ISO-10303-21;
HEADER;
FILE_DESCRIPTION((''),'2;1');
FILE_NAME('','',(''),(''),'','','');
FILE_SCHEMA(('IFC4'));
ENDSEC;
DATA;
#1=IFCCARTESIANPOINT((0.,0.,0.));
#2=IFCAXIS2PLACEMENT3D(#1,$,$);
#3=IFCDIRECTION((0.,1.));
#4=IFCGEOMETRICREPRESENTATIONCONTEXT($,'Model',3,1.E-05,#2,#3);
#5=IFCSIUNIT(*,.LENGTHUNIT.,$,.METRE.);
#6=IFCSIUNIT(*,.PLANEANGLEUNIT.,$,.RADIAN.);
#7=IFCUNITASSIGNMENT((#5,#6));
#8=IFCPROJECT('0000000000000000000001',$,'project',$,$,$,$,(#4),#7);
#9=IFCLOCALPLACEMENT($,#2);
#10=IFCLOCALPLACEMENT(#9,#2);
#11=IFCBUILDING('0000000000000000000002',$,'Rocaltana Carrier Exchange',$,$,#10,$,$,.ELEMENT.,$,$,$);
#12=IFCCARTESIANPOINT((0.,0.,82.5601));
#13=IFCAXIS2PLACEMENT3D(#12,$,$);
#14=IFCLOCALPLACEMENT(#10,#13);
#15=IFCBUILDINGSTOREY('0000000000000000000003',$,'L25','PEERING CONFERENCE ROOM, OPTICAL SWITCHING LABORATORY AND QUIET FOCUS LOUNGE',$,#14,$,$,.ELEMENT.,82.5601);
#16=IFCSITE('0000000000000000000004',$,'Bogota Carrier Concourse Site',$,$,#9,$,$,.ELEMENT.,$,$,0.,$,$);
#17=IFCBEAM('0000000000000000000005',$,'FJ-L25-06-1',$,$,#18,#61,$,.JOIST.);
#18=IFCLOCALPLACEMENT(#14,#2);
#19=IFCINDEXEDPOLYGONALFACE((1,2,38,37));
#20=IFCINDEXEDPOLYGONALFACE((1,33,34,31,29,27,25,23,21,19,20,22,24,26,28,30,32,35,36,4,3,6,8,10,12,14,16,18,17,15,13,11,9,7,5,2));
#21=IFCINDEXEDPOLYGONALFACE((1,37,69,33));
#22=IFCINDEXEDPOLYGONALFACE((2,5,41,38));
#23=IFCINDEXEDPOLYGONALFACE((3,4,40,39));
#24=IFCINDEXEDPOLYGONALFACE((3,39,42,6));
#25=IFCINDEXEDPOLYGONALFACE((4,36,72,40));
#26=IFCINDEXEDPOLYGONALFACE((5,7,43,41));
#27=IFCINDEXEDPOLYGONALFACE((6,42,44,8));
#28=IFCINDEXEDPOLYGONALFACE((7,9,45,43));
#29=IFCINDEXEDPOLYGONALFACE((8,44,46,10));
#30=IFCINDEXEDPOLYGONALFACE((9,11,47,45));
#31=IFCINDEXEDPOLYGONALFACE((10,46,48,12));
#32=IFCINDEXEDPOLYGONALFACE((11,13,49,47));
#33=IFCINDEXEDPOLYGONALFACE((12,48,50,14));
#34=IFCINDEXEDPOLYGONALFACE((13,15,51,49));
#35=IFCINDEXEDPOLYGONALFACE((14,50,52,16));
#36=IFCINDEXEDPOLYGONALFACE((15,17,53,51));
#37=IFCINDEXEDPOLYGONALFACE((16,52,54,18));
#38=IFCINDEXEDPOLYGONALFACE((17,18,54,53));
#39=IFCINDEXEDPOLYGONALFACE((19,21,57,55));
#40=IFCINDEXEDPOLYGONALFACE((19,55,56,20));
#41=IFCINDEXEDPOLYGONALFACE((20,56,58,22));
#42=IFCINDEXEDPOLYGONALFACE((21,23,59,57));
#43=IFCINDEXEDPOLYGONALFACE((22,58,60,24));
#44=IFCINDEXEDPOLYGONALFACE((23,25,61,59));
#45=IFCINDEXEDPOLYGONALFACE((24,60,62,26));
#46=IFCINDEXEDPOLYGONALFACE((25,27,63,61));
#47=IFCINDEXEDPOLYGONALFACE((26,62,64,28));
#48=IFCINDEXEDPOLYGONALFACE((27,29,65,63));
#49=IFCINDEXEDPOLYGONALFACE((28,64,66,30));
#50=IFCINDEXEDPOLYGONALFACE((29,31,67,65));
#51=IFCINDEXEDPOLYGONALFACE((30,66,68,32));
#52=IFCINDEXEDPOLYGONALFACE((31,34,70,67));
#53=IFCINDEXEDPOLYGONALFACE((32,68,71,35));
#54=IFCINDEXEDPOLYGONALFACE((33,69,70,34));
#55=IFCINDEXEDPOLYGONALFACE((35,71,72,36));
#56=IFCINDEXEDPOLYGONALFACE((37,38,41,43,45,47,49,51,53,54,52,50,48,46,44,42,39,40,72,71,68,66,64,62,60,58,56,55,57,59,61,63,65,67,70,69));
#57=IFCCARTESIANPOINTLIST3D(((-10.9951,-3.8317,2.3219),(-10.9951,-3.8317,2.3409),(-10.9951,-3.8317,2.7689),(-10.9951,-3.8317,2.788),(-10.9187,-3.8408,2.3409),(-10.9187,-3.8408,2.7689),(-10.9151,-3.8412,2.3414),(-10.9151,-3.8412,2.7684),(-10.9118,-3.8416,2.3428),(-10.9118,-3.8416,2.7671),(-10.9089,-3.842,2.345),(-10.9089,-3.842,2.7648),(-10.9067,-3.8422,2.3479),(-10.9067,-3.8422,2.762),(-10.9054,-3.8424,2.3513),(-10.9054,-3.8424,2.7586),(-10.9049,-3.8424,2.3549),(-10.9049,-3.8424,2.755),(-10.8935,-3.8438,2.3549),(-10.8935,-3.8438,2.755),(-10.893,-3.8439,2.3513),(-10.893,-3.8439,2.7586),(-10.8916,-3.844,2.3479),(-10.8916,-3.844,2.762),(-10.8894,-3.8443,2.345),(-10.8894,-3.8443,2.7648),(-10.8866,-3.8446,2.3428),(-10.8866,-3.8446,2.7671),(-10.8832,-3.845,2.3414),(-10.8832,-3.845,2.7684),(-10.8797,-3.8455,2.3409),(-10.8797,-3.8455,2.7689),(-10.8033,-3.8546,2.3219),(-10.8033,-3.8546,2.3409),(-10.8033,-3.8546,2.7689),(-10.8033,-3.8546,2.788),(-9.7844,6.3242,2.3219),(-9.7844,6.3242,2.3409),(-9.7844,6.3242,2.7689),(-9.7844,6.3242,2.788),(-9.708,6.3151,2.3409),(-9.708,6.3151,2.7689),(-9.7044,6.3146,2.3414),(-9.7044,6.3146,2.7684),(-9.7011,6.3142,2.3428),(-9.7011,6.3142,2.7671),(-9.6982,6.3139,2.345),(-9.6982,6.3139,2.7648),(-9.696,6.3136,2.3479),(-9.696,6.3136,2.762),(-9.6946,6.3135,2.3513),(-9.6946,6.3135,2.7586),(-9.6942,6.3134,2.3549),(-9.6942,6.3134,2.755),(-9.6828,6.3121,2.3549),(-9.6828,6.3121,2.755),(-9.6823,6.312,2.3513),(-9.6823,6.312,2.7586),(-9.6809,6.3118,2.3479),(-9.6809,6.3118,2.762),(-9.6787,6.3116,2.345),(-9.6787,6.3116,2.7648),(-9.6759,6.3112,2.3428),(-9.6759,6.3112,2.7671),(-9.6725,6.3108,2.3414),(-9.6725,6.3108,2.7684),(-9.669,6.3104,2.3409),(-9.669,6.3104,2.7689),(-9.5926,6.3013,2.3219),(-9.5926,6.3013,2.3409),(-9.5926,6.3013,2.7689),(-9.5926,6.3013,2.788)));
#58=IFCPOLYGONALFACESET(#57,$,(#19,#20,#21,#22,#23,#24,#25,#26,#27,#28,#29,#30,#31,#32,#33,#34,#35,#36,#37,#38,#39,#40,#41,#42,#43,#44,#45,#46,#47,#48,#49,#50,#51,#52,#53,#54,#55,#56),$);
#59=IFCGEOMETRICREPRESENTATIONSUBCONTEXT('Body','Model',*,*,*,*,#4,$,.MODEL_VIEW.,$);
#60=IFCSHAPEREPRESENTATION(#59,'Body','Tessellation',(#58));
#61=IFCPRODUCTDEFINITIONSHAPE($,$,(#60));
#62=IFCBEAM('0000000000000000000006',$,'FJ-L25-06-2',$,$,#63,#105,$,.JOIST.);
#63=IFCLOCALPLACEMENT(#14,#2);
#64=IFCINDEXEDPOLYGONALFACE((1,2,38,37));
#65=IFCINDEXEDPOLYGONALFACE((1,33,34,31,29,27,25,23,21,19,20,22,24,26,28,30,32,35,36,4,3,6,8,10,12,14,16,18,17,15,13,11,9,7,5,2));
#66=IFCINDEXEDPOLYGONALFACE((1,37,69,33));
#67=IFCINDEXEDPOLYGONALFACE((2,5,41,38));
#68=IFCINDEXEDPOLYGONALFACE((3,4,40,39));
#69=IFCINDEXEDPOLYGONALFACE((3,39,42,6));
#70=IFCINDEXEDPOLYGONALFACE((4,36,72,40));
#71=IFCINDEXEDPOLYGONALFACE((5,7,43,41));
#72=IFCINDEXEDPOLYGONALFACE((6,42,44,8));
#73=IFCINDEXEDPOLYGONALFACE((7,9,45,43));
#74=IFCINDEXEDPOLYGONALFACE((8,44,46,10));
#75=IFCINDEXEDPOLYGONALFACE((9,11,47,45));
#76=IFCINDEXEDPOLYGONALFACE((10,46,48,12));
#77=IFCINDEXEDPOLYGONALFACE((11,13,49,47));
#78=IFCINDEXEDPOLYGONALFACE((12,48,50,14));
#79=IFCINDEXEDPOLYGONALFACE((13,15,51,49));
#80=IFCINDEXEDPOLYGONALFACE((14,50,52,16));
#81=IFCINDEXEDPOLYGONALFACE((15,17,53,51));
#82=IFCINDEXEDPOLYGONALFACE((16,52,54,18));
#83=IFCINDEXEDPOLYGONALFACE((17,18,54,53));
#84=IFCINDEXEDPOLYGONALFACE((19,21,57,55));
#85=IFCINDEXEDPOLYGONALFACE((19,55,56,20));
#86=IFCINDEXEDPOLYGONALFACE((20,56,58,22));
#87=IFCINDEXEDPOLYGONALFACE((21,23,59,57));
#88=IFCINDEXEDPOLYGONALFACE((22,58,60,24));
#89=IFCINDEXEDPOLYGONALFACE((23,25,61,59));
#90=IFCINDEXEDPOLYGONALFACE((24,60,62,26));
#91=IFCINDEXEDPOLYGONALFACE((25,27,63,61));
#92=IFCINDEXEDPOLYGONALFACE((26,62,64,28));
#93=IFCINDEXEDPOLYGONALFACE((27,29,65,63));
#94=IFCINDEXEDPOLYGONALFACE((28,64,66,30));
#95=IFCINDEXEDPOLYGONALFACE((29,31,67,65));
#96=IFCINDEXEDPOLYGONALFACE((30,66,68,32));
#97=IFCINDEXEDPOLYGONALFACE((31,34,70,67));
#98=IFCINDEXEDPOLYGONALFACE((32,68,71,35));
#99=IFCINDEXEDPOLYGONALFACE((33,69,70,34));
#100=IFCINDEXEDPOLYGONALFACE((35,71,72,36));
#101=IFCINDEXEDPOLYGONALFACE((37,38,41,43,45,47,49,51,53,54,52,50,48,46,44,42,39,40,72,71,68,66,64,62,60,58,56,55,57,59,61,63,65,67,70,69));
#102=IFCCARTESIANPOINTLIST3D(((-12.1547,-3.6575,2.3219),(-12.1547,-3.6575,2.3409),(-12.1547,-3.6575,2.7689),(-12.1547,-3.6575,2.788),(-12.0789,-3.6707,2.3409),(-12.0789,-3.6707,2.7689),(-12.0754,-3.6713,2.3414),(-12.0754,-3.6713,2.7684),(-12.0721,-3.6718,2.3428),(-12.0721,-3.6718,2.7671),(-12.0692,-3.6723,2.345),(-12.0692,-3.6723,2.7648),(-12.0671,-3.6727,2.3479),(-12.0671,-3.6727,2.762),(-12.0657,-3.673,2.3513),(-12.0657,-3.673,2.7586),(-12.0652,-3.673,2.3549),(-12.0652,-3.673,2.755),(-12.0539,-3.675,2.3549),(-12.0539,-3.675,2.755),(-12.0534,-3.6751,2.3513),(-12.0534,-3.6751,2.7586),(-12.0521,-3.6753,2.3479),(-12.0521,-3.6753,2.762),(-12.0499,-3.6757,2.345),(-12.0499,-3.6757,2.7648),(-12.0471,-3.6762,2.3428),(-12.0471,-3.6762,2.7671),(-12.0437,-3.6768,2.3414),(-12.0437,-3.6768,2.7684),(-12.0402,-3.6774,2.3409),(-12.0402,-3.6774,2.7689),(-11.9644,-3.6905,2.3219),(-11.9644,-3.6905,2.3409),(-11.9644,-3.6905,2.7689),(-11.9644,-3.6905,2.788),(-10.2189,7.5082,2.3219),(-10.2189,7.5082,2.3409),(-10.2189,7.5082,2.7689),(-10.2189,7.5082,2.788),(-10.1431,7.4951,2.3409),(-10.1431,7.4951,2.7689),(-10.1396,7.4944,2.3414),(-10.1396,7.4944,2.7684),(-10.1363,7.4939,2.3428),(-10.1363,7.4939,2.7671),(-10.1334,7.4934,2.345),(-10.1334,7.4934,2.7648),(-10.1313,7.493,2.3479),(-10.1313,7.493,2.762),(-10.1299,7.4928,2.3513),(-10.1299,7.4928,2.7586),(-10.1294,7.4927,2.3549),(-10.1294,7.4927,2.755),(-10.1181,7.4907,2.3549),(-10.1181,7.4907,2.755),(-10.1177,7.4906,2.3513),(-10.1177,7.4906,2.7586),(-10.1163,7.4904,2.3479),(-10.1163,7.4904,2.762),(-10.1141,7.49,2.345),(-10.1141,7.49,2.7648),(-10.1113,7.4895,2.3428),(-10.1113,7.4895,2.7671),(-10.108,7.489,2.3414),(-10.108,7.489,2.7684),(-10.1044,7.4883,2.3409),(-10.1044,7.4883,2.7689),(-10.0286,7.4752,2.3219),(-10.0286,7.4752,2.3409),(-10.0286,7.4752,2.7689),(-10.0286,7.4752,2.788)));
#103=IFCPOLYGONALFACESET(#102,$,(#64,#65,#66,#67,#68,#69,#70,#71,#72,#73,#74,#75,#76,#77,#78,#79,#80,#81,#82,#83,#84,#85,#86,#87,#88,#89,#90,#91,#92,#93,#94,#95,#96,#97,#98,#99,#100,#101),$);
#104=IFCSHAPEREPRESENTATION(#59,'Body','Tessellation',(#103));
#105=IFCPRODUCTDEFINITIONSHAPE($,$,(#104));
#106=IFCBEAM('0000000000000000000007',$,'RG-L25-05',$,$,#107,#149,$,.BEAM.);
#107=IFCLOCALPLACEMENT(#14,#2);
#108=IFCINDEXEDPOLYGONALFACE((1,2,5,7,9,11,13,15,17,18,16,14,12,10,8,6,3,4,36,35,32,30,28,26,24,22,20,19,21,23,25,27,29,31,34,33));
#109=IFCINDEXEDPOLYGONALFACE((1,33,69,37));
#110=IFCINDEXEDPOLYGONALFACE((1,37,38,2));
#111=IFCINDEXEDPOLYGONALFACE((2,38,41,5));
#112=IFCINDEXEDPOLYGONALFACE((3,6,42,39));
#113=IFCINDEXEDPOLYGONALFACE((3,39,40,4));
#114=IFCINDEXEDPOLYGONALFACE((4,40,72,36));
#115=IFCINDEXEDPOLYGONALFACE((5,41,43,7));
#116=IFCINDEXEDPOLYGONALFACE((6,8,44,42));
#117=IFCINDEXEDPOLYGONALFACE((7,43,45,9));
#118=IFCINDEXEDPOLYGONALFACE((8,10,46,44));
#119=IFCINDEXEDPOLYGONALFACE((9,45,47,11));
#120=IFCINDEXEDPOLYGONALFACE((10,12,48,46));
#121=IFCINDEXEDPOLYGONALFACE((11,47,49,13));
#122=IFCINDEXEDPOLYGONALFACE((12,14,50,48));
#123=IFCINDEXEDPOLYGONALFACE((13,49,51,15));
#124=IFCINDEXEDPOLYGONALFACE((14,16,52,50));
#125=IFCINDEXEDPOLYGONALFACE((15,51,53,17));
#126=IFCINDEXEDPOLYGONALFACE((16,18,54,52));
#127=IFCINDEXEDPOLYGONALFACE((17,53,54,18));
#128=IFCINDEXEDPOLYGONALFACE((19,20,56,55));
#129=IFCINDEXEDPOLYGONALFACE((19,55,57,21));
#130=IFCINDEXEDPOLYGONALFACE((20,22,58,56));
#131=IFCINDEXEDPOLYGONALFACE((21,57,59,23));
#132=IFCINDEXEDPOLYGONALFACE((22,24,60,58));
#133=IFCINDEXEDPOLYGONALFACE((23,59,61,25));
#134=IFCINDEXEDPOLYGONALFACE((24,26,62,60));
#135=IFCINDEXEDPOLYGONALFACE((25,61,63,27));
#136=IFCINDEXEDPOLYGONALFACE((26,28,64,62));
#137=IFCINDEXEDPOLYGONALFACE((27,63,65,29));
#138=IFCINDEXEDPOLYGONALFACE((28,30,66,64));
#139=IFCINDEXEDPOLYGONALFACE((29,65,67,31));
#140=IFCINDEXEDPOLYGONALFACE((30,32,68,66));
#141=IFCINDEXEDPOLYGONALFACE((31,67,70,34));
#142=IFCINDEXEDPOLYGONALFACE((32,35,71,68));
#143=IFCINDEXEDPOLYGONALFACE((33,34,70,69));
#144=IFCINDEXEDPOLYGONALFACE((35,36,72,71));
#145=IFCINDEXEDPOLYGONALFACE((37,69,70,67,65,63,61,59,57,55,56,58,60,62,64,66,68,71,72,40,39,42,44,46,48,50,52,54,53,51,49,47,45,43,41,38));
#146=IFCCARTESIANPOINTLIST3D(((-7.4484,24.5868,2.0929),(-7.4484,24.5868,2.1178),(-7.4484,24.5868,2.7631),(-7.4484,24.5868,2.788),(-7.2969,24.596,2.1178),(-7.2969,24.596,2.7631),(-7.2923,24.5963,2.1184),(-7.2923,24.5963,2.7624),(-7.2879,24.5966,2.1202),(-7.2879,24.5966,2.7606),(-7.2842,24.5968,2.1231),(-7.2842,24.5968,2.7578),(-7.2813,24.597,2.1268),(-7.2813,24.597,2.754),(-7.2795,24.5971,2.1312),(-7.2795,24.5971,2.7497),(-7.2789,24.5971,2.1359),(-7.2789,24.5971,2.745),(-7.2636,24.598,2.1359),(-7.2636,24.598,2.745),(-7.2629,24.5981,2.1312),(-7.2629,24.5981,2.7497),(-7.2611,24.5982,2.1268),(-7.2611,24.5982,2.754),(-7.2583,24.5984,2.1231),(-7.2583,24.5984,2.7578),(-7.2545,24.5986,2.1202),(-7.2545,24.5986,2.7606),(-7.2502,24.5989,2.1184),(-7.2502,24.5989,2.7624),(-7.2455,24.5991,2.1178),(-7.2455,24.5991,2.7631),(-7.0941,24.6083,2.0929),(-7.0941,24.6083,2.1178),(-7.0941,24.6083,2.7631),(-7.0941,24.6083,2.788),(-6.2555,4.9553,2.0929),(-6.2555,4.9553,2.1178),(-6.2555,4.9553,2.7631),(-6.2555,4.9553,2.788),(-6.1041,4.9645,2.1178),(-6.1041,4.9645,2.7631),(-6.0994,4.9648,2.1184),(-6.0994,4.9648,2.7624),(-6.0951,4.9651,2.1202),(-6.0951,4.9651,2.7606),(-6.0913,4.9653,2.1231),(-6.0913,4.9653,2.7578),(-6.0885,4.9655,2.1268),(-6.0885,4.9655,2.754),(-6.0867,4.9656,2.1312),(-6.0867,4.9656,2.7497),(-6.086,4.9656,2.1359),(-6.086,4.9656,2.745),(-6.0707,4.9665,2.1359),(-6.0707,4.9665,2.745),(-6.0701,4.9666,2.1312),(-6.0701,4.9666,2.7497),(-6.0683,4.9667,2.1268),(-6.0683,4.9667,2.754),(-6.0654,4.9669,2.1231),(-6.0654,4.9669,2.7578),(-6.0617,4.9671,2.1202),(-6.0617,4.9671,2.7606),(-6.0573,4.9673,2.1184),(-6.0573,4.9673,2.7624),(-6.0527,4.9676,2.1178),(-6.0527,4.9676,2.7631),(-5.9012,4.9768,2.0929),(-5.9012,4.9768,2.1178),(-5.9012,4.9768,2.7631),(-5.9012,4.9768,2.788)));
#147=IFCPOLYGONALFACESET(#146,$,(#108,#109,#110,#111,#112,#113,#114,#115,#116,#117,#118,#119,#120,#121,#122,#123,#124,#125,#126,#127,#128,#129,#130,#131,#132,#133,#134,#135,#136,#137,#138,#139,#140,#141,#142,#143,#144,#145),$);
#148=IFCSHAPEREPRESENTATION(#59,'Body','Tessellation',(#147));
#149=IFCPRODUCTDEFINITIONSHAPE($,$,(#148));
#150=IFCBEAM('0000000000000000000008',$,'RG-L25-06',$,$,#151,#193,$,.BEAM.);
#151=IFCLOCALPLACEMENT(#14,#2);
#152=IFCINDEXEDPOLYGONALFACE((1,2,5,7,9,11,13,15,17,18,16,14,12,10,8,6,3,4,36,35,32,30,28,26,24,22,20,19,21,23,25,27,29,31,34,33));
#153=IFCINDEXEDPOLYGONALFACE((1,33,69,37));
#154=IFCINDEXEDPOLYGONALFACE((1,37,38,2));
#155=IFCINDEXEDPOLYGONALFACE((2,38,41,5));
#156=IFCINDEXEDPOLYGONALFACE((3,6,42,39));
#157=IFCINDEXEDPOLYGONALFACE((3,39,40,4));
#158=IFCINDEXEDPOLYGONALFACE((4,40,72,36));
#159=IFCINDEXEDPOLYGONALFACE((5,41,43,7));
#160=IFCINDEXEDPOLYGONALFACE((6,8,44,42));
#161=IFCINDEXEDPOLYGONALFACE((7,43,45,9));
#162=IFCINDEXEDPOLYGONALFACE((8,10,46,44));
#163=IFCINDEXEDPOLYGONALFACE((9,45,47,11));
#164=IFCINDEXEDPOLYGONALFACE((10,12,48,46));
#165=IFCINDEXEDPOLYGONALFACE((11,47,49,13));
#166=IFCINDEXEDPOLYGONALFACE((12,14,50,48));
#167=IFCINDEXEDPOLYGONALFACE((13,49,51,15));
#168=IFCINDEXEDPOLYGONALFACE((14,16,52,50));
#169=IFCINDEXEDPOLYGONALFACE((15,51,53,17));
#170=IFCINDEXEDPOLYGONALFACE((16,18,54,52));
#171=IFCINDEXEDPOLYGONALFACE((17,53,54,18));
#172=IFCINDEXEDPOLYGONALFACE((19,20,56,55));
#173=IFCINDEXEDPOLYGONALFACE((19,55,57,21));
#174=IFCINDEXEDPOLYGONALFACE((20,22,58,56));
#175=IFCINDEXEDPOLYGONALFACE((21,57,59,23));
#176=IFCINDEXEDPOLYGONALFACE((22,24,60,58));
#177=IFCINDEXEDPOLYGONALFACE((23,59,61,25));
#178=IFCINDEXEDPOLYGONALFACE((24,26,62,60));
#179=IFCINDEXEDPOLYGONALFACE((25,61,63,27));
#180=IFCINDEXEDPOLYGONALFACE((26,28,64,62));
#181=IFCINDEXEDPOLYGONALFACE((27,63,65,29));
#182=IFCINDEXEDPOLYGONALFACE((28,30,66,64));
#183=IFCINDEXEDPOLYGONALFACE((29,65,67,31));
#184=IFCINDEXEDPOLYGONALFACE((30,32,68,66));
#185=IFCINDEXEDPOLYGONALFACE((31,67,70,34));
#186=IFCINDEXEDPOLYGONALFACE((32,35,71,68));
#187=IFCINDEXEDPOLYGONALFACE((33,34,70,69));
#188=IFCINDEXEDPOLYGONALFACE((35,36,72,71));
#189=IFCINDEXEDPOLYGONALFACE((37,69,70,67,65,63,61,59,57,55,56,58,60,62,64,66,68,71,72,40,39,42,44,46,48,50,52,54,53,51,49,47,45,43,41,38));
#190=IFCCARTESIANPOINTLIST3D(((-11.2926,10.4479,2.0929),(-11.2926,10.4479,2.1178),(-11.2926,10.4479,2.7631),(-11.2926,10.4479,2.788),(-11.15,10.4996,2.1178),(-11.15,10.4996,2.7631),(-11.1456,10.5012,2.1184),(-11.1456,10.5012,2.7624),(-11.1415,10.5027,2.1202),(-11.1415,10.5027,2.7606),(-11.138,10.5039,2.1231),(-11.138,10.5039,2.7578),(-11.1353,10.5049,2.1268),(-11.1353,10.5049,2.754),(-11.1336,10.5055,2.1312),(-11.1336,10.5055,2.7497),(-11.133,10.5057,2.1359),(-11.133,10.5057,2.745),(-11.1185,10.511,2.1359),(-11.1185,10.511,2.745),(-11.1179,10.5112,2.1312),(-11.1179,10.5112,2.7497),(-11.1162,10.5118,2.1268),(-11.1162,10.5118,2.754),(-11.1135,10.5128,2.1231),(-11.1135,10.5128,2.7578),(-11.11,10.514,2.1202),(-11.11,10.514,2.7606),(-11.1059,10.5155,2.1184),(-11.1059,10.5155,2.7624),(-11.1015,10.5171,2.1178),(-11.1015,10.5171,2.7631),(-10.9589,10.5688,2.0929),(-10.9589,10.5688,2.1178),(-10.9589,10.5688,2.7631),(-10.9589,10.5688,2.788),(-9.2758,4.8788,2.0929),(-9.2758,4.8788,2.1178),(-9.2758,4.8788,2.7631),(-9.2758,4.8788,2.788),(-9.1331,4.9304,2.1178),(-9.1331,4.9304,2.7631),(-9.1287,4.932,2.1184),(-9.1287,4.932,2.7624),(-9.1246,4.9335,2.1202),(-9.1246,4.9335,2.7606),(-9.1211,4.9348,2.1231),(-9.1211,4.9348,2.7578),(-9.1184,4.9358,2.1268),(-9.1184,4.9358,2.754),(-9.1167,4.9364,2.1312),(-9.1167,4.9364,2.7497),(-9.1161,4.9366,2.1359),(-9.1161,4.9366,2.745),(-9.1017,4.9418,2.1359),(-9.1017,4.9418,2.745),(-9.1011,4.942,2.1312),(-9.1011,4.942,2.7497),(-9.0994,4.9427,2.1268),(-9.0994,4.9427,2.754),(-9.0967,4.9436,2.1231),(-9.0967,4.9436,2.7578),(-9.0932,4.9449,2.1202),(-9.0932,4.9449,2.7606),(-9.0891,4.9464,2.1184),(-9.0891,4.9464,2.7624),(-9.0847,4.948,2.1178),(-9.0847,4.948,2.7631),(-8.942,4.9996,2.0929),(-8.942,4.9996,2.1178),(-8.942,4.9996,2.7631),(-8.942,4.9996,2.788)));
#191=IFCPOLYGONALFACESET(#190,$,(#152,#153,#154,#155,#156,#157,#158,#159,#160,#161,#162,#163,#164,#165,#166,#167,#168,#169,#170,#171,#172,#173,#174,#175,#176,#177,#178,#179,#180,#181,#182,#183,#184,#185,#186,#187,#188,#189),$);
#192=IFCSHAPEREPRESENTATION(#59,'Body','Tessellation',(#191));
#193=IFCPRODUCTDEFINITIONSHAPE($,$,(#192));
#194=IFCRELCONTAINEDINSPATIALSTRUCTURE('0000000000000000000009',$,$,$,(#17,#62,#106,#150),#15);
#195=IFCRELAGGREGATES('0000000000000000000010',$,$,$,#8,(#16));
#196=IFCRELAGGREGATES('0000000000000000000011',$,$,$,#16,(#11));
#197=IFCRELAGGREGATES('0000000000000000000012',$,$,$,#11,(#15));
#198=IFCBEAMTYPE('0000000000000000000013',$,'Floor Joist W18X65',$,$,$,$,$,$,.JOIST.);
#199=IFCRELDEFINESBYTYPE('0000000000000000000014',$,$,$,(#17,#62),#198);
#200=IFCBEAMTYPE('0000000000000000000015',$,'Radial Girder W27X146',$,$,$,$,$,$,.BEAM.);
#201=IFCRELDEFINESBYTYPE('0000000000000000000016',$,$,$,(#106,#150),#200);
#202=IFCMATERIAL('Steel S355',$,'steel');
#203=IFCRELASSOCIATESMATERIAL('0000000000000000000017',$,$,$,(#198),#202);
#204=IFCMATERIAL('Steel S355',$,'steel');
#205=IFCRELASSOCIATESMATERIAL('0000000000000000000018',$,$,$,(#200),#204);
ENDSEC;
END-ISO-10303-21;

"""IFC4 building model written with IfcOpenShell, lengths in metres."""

from ifc_helpers import new_model, si_unit, direction, frame, origin, origin_2d, place, context, subcontext, project, spatial, i_section, extrude, material, material_profile, profile_set, type_object, element, save


model = new_model("IFC4")

# Units and contexts
model_context = context("Model", 3, precision=1e-05, world=origin(), true_north=direction((0.0, 1.0)))
body_context = subcontext(model_context, "Body", "Model", "MODEL_VIEW")
ifc_project = project(units=[si_unit("LENGTHUNIT", "METRE"), si_unit("PLANEANGLEUNIT", "RADIAN")], contexts=[model_context])

# Site, building, storey
site_placement = place(None, origin())
site = spatial("IfcSite", under=ifc_project, at=site_placement, Name="Bogota Carrier Concourse Site", CompositionType="ELEMENT", RefElevation=0.0)
building_placement = place(site_placement, origin())
building = spatial("IfcBuilding", under=site, at=building_placement, Name="Rocaltana Carrier Exchange", CompositionType="ELEMENT")
storey_placement = place(building_placement, frame((0.0, 0.0, 82.5601)))
storey = spatial("IfcBuildingStorey", under=building, at=storey_placement, Name="L25", Description="PEERING CONFERENCE ROOM, OPTICAL SWITCHING LABORATORY AND QUIET FOCUS LOUNGE", CompositionType="ELEMENT", Elevation=82.5601)

# Beams
ifc_material_1 = material(Name="Steel S355", Category="steel")
ifc_material_profile_1 = material_profile(ifc_material_1, i_section(OverallWidth=0.1931, OverallDepth=0.4661, WebThickness=0.0115, FlangeThickness=0.019, FilletRadius=0.0139, at=origin_2d()), Name="W18X65")
ifc_profile_set_1 = profile_set([ifc_material_profile_1], Name="Steel S355")
beam_type_1 = type_object("IfcBeamType", Name="Floor Joist W18X65", PredefinedType="JOIST", material=ifc_profile_set_1)
beam_1_placement = place(storey_placement, frame((-9.6885, 6.3127, 2.5549), z_axis=(-0.118374, -0.992969, 0.0), x_axis=(0.992969, -0.118374, 0.0)))
element("IfcBeam", 1, at=beam_1_placement, inside=storey, type_object=beam_type_1, Name="FJ-L25-06-1", PredefinedType="JOIST", context=body_context, shape_type="SweptSolid", body=[
    extrude(i_section(OverallWidth=0.1931, OverallDepth=0.4661, WebThickness=0.0115, FlangeThickness=0.019, FilletRadius=0.0139, at=origin_2d()), origin(), (0.0, 0.0, 1.0), 10.2278),
])
beam_2_placement = place(storey_placement, frame((-10.1238, 7.4917, 2.5549), z_axis=(-0.17082, -0.985302, 0.0), x_axis=(0.985302, -0.17082, 0.0)))
element("IfcBeam", 2, at=beam_2_placement, inside=storey, type_object=beam_type_1, Name="FJ-L25-06-2", PredefinedType="JOIST", context=body_context, shape_type="SweptSolid", body=[
    extrude(i_section(OverallWidth=0.1931, OverallDepth=0.4661, WebThickness=0.0115, FlangeThickness=0.019, FilletRadius=0.0139, at=origin_2d()), origin(), (0.0, 0.0, 1.0), 11.3323),
])
ifc_material_2 = material(Name="Steel S355", Category="steel")
ifc_material_profile_2 = material_profile(ifc_material_2, i_section(OverallWidth=0.355, OverallDepth=0.6951, WebThickness=0.0154, FlangeThickness=0.0249, FilletRadius=0.0181, at=origin_2d()), Name="W27X146")
ifc_profile_set_2 = profile_set([ifc_material_profile_2], Name="Steel S355")
beam_type_2 = type_object("IfcBeamType", Name="Radial Girder W27X146", PredefinedType="BEAM", material=ifc_profile_set_2)
beam_3_placement = place(storey_placement, frame((-6.0784, 4.9661, 2.4404), z_axis=(-0.060651, 0.998159, 0.0), x_axis=(-0.998159, -0.060651, 0.0)))
element("IfcBeam", 3, at=beam_3_placement, inside=storey, type_object=beam_type_2, Name="RG-L25-05", PredefinedType="BEAM", context=body_context, shape_type="SweptSolid", body=[
    extrude(i_section(OverallWidth=0.355, OverallDepth=0.6951, WebThickness=0.0154, FlangeThickness=0.0249, FilletRadius=0.0181, at=origin_2d()), origin(), (0.0, 0.0, 1.0), 19.6677),
])
beam_4_placement = place(storey_placement, frame((-9.1089, 4.9392, 2.4404), z_axis=(-0.340508, 0.940242, 0.0), x_axis=(-0.940242, -0.340508, 0.0)))
element("IfcBeam", 4, at=beam_4_placement, inside=storey, type_object=beam_type_2, Name="RG-L25-06", PredefinedType="BEAM", context=body_context, shape_type="SweptSolid", body=[
    extrude(i_section(OverallWidth=0.355, OverallDepth=0.6951, WebThickness=0.0154, FlangeThickness=0.0249, FilletRadius=0.0181, at=origin_2d()), origin(), (0.0, 0.0, 1.0), 5.9231),
])

save(model, "model.ifc")
